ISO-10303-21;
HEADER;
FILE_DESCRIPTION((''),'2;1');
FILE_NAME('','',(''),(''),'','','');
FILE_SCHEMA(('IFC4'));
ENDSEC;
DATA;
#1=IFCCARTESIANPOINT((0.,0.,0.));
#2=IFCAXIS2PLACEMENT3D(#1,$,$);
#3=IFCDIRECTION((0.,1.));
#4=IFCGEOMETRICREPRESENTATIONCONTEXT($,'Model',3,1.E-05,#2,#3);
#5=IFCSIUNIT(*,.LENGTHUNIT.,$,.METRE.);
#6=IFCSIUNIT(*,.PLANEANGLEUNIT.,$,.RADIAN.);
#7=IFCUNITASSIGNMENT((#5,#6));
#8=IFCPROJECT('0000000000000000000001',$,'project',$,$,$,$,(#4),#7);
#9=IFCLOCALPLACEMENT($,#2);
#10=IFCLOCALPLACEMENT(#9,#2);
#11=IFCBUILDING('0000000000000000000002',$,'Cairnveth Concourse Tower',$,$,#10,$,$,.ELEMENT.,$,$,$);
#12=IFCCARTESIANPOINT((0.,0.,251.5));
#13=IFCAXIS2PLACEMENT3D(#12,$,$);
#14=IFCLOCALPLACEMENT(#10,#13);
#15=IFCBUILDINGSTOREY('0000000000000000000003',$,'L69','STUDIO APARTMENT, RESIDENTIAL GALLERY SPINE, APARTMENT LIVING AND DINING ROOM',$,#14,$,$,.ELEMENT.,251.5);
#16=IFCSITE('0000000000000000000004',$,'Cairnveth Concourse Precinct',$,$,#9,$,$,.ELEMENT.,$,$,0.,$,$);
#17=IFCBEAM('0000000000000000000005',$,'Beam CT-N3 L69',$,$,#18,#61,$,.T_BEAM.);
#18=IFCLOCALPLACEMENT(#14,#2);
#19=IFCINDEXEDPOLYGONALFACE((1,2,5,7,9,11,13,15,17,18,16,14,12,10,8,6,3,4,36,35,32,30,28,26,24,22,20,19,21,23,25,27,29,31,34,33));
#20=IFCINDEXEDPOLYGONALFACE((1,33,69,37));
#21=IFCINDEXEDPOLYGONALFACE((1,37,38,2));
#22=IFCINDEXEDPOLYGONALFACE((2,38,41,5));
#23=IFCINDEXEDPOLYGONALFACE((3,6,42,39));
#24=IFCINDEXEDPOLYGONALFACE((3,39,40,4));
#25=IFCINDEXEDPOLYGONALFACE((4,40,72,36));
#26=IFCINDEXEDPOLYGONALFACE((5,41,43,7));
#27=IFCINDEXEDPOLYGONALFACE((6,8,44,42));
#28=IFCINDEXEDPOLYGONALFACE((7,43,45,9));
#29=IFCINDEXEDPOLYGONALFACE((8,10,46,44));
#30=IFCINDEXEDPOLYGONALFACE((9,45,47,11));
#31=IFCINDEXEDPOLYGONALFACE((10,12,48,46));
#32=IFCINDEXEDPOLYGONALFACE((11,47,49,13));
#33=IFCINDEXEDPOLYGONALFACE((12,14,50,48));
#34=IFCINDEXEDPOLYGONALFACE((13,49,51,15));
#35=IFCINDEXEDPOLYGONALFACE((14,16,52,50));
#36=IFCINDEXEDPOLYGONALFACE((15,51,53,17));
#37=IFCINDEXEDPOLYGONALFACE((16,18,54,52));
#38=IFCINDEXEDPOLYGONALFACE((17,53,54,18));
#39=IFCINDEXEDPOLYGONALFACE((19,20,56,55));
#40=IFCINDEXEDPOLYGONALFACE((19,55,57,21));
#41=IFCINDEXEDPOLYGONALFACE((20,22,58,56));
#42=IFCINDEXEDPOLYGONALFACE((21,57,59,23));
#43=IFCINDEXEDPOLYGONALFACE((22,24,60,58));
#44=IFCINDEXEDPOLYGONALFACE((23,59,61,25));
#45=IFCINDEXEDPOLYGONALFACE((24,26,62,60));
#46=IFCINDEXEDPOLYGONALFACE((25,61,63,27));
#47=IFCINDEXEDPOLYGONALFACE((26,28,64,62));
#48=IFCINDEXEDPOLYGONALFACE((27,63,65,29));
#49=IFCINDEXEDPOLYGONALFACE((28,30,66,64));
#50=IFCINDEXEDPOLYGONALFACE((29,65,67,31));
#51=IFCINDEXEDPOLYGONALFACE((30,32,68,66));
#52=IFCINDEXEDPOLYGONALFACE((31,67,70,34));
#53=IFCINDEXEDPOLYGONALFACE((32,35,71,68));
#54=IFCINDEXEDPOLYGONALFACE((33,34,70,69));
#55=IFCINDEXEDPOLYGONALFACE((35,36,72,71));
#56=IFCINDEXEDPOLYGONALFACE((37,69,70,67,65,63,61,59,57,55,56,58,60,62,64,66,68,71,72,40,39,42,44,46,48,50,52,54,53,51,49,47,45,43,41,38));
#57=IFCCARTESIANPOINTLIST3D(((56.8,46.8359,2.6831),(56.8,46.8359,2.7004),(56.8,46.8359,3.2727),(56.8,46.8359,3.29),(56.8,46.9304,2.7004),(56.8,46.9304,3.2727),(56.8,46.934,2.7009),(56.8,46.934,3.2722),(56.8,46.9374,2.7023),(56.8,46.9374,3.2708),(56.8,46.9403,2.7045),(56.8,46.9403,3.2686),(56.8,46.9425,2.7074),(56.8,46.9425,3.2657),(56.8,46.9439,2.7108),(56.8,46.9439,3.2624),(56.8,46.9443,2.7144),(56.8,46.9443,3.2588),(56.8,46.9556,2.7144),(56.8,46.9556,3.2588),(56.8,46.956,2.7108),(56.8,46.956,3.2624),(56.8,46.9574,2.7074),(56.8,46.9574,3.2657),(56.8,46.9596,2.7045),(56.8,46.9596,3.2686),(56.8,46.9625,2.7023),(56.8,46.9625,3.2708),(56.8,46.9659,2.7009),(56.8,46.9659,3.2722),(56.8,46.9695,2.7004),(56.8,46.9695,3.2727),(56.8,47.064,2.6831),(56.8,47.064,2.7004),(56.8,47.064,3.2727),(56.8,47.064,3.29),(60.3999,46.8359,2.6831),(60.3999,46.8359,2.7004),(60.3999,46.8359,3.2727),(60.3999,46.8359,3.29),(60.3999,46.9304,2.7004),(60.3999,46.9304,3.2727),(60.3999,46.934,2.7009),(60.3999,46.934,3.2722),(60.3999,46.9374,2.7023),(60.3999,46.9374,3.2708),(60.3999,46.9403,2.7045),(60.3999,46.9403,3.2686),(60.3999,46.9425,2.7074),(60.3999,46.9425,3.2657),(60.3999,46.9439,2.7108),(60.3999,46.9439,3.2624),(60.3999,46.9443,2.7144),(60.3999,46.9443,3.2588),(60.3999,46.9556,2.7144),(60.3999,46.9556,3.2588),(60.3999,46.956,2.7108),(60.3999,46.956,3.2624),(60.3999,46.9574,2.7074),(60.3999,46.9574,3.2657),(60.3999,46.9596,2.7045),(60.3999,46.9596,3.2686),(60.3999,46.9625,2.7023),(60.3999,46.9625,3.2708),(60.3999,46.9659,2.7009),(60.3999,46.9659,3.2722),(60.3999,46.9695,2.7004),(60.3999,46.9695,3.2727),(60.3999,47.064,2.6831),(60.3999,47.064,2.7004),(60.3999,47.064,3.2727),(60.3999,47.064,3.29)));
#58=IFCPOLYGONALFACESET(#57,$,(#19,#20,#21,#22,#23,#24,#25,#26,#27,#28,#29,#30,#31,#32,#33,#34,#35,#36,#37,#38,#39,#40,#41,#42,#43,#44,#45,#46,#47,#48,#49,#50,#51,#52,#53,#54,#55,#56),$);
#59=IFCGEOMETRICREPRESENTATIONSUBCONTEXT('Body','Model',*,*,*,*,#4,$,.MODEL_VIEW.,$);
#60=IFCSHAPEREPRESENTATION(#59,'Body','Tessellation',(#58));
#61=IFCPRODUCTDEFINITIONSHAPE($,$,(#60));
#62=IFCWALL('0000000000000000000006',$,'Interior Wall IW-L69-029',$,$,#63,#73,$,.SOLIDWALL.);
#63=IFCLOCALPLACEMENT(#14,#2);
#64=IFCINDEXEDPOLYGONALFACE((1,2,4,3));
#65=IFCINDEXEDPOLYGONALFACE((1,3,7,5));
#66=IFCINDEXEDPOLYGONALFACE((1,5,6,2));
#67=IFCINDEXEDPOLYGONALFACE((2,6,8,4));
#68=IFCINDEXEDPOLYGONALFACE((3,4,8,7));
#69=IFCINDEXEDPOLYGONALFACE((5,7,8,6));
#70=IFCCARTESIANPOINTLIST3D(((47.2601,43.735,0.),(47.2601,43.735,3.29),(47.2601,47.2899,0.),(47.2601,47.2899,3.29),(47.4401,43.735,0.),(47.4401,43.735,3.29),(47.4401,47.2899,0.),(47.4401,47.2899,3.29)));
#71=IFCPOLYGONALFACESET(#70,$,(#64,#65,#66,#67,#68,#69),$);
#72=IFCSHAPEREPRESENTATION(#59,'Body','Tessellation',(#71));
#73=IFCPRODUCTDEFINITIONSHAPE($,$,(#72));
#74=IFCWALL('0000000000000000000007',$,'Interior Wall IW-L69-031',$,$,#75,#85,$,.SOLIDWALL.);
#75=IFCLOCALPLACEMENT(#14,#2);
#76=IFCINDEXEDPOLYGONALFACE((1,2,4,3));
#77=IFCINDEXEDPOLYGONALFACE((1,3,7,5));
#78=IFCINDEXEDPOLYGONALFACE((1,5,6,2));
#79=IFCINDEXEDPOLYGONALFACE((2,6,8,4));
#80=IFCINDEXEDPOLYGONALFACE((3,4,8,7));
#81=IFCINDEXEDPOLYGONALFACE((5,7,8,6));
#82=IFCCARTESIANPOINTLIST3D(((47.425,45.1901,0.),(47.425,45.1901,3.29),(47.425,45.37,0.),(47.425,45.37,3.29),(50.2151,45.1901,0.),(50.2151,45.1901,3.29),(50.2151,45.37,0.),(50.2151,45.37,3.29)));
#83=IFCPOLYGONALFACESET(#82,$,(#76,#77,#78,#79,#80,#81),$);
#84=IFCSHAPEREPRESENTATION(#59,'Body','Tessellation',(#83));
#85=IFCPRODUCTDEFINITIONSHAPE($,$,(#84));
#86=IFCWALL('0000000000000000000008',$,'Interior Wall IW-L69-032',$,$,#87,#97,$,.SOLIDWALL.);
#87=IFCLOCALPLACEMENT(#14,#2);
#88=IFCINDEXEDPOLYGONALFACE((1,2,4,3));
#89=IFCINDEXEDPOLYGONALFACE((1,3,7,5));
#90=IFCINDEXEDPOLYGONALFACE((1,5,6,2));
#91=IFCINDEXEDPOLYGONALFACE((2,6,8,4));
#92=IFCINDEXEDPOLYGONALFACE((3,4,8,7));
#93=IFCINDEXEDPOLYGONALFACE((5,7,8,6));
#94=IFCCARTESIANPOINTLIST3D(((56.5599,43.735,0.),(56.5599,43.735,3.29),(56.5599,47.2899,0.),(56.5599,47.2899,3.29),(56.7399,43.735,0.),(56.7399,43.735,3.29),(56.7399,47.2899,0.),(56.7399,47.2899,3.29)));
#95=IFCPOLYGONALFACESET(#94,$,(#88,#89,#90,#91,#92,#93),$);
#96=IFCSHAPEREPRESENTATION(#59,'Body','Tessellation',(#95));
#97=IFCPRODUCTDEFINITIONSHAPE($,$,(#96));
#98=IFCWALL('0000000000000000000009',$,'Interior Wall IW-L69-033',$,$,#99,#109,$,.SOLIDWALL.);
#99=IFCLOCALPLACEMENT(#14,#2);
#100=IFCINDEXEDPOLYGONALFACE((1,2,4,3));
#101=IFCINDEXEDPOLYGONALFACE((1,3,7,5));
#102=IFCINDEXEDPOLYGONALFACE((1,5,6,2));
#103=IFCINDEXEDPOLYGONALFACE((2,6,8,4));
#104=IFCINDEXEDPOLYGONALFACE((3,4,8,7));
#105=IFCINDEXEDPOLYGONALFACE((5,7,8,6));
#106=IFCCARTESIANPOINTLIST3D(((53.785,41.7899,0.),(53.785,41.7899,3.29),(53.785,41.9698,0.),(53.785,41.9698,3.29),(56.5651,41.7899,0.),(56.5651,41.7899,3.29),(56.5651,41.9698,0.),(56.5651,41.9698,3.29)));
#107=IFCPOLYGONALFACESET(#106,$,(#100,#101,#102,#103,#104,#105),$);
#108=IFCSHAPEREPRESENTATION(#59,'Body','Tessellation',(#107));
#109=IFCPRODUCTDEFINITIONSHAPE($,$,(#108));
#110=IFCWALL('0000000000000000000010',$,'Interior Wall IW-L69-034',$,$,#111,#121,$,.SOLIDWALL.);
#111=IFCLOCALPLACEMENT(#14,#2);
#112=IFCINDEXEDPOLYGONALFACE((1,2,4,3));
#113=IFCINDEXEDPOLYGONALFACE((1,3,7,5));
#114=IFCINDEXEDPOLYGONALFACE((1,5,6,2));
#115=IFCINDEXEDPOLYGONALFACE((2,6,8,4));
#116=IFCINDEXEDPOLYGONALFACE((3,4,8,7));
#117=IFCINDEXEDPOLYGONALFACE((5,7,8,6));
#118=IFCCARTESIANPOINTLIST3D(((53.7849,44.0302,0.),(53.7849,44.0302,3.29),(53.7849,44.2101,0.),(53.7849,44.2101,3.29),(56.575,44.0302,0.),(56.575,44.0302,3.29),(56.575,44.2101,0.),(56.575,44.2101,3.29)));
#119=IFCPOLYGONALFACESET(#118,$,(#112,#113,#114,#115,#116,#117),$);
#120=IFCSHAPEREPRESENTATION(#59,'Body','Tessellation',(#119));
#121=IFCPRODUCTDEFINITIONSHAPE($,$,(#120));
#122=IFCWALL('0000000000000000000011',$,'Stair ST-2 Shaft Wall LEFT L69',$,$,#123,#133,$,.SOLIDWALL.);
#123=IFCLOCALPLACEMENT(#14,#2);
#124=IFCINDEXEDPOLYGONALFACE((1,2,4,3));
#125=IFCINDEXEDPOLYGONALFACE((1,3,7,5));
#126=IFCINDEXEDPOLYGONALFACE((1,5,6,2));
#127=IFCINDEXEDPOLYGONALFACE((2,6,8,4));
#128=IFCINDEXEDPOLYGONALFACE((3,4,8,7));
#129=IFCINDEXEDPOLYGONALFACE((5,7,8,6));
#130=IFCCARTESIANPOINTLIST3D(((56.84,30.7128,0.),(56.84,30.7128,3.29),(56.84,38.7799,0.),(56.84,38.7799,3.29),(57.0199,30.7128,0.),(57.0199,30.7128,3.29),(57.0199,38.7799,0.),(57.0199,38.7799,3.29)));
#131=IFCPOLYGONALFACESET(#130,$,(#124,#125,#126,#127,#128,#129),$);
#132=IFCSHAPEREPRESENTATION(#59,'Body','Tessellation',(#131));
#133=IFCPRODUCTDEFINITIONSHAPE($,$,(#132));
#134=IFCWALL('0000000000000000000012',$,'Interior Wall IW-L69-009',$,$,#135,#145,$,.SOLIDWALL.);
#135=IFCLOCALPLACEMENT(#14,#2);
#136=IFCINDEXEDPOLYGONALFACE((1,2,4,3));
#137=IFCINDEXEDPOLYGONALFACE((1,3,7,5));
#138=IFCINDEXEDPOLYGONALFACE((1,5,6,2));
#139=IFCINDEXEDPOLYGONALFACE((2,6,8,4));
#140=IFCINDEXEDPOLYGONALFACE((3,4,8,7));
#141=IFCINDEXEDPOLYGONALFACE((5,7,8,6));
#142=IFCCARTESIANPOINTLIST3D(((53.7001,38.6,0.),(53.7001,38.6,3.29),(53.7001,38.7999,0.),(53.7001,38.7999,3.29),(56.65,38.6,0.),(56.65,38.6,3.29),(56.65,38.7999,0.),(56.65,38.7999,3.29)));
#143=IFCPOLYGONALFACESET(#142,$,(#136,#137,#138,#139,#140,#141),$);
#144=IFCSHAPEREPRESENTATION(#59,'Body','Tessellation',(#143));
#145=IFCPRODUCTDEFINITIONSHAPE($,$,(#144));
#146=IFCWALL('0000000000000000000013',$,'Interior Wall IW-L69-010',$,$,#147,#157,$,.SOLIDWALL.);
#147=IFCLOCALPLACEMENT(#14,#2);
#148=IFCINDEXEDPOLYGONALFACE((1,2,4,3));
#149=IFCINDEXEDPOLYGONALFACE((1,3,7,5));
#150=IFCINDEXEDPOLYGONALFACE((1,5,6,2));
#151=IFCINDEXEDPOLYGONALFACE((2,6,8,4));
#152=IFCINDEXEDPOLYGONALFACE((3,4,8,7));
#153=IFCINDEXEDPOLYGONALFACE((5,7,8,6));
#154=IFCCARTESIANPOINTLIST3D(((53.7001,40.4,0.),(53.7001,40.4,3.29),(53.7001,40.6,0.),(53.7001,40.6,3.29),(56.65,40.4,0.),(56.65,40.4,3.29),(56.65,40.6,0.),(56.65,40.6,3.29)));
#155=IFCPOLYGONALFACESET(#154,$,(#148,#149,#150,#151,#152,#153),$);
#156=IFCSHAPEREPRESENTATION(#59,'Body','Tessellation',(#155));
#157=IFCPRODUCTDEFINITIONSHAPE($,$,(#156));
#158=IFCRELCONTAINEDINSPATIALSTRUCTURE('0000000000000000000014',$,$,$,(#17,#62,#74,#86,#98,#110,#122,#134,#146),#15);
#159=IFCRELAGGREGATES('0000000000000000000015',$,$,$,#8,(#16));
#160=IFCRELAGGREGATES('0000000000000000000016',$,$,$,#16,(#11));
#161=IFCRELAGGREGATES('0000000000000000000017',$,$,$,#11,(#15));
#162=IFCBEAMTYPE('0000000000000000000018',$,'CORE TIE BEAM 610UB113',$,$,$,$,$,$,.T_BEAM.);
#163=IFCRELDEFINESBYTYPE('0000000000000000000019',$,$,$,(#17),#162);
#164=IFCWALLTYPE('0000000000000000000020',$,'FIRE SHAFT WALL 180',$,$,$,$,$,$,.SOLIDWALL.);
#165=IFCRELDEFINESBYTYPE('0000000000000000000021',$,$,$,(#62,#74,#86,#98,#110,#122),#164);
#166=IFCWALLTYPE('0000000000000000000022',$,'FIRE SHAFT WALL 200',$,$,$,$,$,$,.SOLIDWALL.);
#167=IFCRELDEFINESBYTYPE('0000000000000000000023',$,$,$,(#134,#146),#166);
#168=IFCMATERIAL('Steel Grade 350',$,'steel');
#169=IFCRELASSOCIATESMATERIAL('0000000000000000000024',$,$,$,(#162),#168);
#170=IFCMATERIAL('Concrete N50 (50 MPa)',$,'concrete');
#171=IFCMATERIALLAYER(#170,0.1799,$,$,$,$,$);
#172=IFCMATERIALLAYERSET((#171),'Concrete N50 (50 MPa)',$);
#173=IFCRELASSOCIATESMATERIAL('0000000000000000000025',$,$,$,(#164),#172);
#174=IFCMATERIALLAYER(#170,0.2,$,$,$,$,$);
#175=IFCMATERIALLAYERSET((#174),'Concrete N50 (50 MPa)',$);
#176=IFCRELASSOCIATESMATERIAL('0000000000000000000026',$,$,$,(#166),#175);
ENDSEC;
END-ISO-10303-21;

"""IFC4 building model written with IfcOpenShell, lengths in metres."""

from ifc_helpers import new_model, si_unit, direction, frame, frame_2d, origin, origin_2d, place, context, subcontext, project, spatial, rectangle, i_section, extrude, material, layer, layer_set, material_profile, profile_set, type_object, element, save


model = new_model("IFC4")

# Units and contexts
model_context = context("Model", 3, precision=1e-05, world=origin(), true_north=direction((0.0, 1.0)))
body_context = subcontext(model_context, "Body", "Model", "MODEL_VIEW")
ifc_project = project(units=[si_unit("LENGTHUNIT", "METRE"), si_unit("PLANEANGLEUNIT", "RADIAN")], contexts=[model_context])

# Site, building, storey
site_placement = place(None, origin())
site = spatial("IfcSite", under=ifc_project, at=site_placement, Name="Cairnveth Concourse Precinct", CompositionType="ELEMENT", RefElevation=0.0)
building_placement = place(site_placement, origin())
building = spatial("IfcBuilding", under=site, at=building_placement, Name="Cairnveth Concourse Tower", CompositionType="ELEMENT")
storey_placement = place(building_placement, frame((0.0, 0.0, 251.5)))
storey = spatial("IfcBuildingStorey", under=building, at=storey_placement, Name="L69", Description="STUDIO APARTMENT, RESIDENTIAL GALLERY SPINE, APARTMENT LIVING AND DINING ROOM", CompositionType="ELEMENT", Elevation=251.5)

# Beam
ifc_material_1 = material(Name="Steel Grade 350", Category="steel")
ifc_material_profile = material_profile(ifc_material_1, i_section(OverallWidth=0.228, OverallDepth=0.6069, WebThickness=0.0112, FlangeThickness=0.0173, FilletRadius=0.0139, at=origin_2d()), Name="610UB113")
ifc_profile_set = profile_set([ifc_material_profile], Name="Steel Grade 350")
beam_type = type_object("IfcBeamType", Name="CORE TIE BEAM 610UB113", PredefinedType="T_BEAM", material=ifc_profile_set)
beam_placement = place(storey_placement, frame((56.8, 46.95, 2.9866), z_axis=(1.0, 0.0, 0.0), x_axis=(0.0, 1.0, 0.0)))
element("IfcBeam", 1, at=beam_placement, inside=storey, type_object=beam_type, Name="Beam CT-N3 L69", PredefinedType="T_BEAM", context=body_context, shape_type="SweptSolid", body=[
    extrude(i_section(OverallWidth=0.228, OverallDepth=0.6069, WebThickness=0.0112, FlangeThickness=0.0173, FilletRadius=0.0139, at=origin_2d()), origin(), (0.0, 0.0, 1.0), 3.5999),
])

# Walls
ifc_material_2 = material(Name="Concrete N50 (50 MPa)", Category="concrete")
ifc_layer_1 = layer(ifc_material_2, 0.1799)
ifc_layer_set_1 = layer_set([ifc_layer_1], Name="Concrete N50 (50 MPa)")
wall_type_1 = type_object("IfcWallType", Name="FIRE SHAFT WALL 180", PredefinedType="SOLIDWALL", material=ifc_layer_set_1)
wall_1_placement = place(storey_placement, frame((47.3501, 43.7351, 0.0), z_axis=(0.0, 0.0, 1.0), x_axis=(0.0, 1.0, 0.0)))
element("IfcWall", 2, at=wall_1_placement, inside=storey, type_object=wall_type_1, Name="Interior Wall IW-L69-029", PredefinedType="SOLIDWALL", context=body_context, shape_type="SweptSolid", body=[
    extrude(rectangle(XDim=3.5549, YDim=0.1799, at=frame_2d((1.7773, 0.0))), origin(), (0.0, 0.0, 1.0), 3.29),
])
wall_2_placement = place(storey_placement, frame((47.425, 45.28, 0.0), z_axis=(0.0, 0.0, 1.0), x_axis=(1.0, 0.0, 0.0)))
element("IfcWall", 3, at=wall_2_placement, inside=storey, type_object=wall_type_1, Name="Interior Wall IW-L69-031", PredefinedType="SOLIDWALL", context=body_context, shape_type="SweptSolid", body=[
    extrude(rectangle(XDim=2.79, YDim=0.1799, at=frame_2d((1.395, 0.0))), origin(), (0.0, 0.0, 1.0), 3.29),
])
wall_3_placement = place(storey_placement, frame((56.6499, 43.7351, 0.0), z_axis=(0.0, 0.0, 1.0), x_axis=(0.0, 1.0, 0.0)))
element("IfcWall", 4, at=wall_3_placement, inside=storey, type_object=wall_type_1, Name="Interior Wall IW-L69-032", PredefinedType="SOLIDWALL", context=body_context, shape_type="SweptSolid", body=[
    extrude(rectangle(XDim=3.5549, YDim=0.1799, at=frame_2d((1.7773, 0.0))), origin(), (0.0, 0.0, 1.0), 3.29),
])
wall_4_placement = place(storey_placement, frame((53.7849, 41.8799, 0.0), z_axis=(0.0, 0.0, 1.0), x_axis=(1.0, 0.0, 0.0)))
element("IfcWall", 5, at=wall_4_placement, inside=storey, type_object=wall_type_1, Name="Interior Wall IW-L69-033", PredefinedType="SOLIDWALL", context=body_context, shape_type="SweptSolid", body=[
    extrude(rectangle(XDim=2.78, YDim=0.1799, at=frame_2d((1.3901, 0.0))), origin(), (0.0, 0.0, 1.0), 3.29),
])
wall_5_placement = place(storey_placement, frame((53.7849, 44.1201, 0.0), z_axis=(0.0, 0.0, 1.0), x_axis=(1.0, 0.0, 0.0)))
element("IfcWall", 6, at=wall_5_placement, inside=storey, type_object=wall_type_1, Name="Interior Wall IW-L69-034", PredefinedType="SOLIDWALL", context=body_context, shape_type="SweptSolid", body=[
    extrude(rectangle(XDim=2.79, YDim=0.1799, at=frame_2d((1.395, 0.0))), origin(), (0.0, 0.0, 1.0), 3.29),
])
wall_6_placement = place(storey_placement, frame((56.9299, 38.78, 0.0), z_axis=(0.0, 0.0, 1.0), x_axis=(0.0, -1.0, 0.0)))
element("IfcWall", 7, at=wall_6_placement, inside=storey, type_object=wall_type_1, Name="Stair ST-2 Shaft Wall LEFT L69", PredefinedType="SOLIDWALL", context=body_context, shape_type="SweptSolid", body=[
    extrude(rectangle(XDim=8.0671, YDim=0.1799, at=frame_2d((4.0337, 0.0))), origin(), (0.0, 0.0, 1.0), 3.29),
])
ifc_layer_2 = layer(ifc_material_2, 0.2)
ifc_layer_set_2 = layer_set([ifc_layer_2], Name="Concrete N50 (50 MPa)")
wall_type_2 = type_object("IfcWallType", Name="FIRE SHAFT WALL 200", PredefinedType="SOLIDWALL", material=ifc_layer_set_2)
for number, where, z_axis, x_axis, name in (
    (8, (53.7, 38.7, 0.0), (0.0, 0.0, 1.0), (1.0, 0.0, 0.0), "Interior Wall IW-L69-009"),
    (9, (53.7, 40.5, 0.0), (0.0, 0.0, 1.0), (1.0, 0.0, 0.0), "Interior Wall IW-L69-010"),
):
    element("IfcWall", number, at=place(storey_placement, frame(where, z_axis=z_axis, x_axis=x_axis)), inside=storey, type_object=wall_type_2, Name=name, PredefinedType="SOLIDWALL", context=body_context, shape_type="SweptSolid", body=[
        extrude(rectangle(XDim=2.95, YDim=0.2, at=frame_2d((1.4751, 0.0))), origin(), (0.0, 0.0, 1.0), 3.29),
    ])

save(model, "model.ifc")
